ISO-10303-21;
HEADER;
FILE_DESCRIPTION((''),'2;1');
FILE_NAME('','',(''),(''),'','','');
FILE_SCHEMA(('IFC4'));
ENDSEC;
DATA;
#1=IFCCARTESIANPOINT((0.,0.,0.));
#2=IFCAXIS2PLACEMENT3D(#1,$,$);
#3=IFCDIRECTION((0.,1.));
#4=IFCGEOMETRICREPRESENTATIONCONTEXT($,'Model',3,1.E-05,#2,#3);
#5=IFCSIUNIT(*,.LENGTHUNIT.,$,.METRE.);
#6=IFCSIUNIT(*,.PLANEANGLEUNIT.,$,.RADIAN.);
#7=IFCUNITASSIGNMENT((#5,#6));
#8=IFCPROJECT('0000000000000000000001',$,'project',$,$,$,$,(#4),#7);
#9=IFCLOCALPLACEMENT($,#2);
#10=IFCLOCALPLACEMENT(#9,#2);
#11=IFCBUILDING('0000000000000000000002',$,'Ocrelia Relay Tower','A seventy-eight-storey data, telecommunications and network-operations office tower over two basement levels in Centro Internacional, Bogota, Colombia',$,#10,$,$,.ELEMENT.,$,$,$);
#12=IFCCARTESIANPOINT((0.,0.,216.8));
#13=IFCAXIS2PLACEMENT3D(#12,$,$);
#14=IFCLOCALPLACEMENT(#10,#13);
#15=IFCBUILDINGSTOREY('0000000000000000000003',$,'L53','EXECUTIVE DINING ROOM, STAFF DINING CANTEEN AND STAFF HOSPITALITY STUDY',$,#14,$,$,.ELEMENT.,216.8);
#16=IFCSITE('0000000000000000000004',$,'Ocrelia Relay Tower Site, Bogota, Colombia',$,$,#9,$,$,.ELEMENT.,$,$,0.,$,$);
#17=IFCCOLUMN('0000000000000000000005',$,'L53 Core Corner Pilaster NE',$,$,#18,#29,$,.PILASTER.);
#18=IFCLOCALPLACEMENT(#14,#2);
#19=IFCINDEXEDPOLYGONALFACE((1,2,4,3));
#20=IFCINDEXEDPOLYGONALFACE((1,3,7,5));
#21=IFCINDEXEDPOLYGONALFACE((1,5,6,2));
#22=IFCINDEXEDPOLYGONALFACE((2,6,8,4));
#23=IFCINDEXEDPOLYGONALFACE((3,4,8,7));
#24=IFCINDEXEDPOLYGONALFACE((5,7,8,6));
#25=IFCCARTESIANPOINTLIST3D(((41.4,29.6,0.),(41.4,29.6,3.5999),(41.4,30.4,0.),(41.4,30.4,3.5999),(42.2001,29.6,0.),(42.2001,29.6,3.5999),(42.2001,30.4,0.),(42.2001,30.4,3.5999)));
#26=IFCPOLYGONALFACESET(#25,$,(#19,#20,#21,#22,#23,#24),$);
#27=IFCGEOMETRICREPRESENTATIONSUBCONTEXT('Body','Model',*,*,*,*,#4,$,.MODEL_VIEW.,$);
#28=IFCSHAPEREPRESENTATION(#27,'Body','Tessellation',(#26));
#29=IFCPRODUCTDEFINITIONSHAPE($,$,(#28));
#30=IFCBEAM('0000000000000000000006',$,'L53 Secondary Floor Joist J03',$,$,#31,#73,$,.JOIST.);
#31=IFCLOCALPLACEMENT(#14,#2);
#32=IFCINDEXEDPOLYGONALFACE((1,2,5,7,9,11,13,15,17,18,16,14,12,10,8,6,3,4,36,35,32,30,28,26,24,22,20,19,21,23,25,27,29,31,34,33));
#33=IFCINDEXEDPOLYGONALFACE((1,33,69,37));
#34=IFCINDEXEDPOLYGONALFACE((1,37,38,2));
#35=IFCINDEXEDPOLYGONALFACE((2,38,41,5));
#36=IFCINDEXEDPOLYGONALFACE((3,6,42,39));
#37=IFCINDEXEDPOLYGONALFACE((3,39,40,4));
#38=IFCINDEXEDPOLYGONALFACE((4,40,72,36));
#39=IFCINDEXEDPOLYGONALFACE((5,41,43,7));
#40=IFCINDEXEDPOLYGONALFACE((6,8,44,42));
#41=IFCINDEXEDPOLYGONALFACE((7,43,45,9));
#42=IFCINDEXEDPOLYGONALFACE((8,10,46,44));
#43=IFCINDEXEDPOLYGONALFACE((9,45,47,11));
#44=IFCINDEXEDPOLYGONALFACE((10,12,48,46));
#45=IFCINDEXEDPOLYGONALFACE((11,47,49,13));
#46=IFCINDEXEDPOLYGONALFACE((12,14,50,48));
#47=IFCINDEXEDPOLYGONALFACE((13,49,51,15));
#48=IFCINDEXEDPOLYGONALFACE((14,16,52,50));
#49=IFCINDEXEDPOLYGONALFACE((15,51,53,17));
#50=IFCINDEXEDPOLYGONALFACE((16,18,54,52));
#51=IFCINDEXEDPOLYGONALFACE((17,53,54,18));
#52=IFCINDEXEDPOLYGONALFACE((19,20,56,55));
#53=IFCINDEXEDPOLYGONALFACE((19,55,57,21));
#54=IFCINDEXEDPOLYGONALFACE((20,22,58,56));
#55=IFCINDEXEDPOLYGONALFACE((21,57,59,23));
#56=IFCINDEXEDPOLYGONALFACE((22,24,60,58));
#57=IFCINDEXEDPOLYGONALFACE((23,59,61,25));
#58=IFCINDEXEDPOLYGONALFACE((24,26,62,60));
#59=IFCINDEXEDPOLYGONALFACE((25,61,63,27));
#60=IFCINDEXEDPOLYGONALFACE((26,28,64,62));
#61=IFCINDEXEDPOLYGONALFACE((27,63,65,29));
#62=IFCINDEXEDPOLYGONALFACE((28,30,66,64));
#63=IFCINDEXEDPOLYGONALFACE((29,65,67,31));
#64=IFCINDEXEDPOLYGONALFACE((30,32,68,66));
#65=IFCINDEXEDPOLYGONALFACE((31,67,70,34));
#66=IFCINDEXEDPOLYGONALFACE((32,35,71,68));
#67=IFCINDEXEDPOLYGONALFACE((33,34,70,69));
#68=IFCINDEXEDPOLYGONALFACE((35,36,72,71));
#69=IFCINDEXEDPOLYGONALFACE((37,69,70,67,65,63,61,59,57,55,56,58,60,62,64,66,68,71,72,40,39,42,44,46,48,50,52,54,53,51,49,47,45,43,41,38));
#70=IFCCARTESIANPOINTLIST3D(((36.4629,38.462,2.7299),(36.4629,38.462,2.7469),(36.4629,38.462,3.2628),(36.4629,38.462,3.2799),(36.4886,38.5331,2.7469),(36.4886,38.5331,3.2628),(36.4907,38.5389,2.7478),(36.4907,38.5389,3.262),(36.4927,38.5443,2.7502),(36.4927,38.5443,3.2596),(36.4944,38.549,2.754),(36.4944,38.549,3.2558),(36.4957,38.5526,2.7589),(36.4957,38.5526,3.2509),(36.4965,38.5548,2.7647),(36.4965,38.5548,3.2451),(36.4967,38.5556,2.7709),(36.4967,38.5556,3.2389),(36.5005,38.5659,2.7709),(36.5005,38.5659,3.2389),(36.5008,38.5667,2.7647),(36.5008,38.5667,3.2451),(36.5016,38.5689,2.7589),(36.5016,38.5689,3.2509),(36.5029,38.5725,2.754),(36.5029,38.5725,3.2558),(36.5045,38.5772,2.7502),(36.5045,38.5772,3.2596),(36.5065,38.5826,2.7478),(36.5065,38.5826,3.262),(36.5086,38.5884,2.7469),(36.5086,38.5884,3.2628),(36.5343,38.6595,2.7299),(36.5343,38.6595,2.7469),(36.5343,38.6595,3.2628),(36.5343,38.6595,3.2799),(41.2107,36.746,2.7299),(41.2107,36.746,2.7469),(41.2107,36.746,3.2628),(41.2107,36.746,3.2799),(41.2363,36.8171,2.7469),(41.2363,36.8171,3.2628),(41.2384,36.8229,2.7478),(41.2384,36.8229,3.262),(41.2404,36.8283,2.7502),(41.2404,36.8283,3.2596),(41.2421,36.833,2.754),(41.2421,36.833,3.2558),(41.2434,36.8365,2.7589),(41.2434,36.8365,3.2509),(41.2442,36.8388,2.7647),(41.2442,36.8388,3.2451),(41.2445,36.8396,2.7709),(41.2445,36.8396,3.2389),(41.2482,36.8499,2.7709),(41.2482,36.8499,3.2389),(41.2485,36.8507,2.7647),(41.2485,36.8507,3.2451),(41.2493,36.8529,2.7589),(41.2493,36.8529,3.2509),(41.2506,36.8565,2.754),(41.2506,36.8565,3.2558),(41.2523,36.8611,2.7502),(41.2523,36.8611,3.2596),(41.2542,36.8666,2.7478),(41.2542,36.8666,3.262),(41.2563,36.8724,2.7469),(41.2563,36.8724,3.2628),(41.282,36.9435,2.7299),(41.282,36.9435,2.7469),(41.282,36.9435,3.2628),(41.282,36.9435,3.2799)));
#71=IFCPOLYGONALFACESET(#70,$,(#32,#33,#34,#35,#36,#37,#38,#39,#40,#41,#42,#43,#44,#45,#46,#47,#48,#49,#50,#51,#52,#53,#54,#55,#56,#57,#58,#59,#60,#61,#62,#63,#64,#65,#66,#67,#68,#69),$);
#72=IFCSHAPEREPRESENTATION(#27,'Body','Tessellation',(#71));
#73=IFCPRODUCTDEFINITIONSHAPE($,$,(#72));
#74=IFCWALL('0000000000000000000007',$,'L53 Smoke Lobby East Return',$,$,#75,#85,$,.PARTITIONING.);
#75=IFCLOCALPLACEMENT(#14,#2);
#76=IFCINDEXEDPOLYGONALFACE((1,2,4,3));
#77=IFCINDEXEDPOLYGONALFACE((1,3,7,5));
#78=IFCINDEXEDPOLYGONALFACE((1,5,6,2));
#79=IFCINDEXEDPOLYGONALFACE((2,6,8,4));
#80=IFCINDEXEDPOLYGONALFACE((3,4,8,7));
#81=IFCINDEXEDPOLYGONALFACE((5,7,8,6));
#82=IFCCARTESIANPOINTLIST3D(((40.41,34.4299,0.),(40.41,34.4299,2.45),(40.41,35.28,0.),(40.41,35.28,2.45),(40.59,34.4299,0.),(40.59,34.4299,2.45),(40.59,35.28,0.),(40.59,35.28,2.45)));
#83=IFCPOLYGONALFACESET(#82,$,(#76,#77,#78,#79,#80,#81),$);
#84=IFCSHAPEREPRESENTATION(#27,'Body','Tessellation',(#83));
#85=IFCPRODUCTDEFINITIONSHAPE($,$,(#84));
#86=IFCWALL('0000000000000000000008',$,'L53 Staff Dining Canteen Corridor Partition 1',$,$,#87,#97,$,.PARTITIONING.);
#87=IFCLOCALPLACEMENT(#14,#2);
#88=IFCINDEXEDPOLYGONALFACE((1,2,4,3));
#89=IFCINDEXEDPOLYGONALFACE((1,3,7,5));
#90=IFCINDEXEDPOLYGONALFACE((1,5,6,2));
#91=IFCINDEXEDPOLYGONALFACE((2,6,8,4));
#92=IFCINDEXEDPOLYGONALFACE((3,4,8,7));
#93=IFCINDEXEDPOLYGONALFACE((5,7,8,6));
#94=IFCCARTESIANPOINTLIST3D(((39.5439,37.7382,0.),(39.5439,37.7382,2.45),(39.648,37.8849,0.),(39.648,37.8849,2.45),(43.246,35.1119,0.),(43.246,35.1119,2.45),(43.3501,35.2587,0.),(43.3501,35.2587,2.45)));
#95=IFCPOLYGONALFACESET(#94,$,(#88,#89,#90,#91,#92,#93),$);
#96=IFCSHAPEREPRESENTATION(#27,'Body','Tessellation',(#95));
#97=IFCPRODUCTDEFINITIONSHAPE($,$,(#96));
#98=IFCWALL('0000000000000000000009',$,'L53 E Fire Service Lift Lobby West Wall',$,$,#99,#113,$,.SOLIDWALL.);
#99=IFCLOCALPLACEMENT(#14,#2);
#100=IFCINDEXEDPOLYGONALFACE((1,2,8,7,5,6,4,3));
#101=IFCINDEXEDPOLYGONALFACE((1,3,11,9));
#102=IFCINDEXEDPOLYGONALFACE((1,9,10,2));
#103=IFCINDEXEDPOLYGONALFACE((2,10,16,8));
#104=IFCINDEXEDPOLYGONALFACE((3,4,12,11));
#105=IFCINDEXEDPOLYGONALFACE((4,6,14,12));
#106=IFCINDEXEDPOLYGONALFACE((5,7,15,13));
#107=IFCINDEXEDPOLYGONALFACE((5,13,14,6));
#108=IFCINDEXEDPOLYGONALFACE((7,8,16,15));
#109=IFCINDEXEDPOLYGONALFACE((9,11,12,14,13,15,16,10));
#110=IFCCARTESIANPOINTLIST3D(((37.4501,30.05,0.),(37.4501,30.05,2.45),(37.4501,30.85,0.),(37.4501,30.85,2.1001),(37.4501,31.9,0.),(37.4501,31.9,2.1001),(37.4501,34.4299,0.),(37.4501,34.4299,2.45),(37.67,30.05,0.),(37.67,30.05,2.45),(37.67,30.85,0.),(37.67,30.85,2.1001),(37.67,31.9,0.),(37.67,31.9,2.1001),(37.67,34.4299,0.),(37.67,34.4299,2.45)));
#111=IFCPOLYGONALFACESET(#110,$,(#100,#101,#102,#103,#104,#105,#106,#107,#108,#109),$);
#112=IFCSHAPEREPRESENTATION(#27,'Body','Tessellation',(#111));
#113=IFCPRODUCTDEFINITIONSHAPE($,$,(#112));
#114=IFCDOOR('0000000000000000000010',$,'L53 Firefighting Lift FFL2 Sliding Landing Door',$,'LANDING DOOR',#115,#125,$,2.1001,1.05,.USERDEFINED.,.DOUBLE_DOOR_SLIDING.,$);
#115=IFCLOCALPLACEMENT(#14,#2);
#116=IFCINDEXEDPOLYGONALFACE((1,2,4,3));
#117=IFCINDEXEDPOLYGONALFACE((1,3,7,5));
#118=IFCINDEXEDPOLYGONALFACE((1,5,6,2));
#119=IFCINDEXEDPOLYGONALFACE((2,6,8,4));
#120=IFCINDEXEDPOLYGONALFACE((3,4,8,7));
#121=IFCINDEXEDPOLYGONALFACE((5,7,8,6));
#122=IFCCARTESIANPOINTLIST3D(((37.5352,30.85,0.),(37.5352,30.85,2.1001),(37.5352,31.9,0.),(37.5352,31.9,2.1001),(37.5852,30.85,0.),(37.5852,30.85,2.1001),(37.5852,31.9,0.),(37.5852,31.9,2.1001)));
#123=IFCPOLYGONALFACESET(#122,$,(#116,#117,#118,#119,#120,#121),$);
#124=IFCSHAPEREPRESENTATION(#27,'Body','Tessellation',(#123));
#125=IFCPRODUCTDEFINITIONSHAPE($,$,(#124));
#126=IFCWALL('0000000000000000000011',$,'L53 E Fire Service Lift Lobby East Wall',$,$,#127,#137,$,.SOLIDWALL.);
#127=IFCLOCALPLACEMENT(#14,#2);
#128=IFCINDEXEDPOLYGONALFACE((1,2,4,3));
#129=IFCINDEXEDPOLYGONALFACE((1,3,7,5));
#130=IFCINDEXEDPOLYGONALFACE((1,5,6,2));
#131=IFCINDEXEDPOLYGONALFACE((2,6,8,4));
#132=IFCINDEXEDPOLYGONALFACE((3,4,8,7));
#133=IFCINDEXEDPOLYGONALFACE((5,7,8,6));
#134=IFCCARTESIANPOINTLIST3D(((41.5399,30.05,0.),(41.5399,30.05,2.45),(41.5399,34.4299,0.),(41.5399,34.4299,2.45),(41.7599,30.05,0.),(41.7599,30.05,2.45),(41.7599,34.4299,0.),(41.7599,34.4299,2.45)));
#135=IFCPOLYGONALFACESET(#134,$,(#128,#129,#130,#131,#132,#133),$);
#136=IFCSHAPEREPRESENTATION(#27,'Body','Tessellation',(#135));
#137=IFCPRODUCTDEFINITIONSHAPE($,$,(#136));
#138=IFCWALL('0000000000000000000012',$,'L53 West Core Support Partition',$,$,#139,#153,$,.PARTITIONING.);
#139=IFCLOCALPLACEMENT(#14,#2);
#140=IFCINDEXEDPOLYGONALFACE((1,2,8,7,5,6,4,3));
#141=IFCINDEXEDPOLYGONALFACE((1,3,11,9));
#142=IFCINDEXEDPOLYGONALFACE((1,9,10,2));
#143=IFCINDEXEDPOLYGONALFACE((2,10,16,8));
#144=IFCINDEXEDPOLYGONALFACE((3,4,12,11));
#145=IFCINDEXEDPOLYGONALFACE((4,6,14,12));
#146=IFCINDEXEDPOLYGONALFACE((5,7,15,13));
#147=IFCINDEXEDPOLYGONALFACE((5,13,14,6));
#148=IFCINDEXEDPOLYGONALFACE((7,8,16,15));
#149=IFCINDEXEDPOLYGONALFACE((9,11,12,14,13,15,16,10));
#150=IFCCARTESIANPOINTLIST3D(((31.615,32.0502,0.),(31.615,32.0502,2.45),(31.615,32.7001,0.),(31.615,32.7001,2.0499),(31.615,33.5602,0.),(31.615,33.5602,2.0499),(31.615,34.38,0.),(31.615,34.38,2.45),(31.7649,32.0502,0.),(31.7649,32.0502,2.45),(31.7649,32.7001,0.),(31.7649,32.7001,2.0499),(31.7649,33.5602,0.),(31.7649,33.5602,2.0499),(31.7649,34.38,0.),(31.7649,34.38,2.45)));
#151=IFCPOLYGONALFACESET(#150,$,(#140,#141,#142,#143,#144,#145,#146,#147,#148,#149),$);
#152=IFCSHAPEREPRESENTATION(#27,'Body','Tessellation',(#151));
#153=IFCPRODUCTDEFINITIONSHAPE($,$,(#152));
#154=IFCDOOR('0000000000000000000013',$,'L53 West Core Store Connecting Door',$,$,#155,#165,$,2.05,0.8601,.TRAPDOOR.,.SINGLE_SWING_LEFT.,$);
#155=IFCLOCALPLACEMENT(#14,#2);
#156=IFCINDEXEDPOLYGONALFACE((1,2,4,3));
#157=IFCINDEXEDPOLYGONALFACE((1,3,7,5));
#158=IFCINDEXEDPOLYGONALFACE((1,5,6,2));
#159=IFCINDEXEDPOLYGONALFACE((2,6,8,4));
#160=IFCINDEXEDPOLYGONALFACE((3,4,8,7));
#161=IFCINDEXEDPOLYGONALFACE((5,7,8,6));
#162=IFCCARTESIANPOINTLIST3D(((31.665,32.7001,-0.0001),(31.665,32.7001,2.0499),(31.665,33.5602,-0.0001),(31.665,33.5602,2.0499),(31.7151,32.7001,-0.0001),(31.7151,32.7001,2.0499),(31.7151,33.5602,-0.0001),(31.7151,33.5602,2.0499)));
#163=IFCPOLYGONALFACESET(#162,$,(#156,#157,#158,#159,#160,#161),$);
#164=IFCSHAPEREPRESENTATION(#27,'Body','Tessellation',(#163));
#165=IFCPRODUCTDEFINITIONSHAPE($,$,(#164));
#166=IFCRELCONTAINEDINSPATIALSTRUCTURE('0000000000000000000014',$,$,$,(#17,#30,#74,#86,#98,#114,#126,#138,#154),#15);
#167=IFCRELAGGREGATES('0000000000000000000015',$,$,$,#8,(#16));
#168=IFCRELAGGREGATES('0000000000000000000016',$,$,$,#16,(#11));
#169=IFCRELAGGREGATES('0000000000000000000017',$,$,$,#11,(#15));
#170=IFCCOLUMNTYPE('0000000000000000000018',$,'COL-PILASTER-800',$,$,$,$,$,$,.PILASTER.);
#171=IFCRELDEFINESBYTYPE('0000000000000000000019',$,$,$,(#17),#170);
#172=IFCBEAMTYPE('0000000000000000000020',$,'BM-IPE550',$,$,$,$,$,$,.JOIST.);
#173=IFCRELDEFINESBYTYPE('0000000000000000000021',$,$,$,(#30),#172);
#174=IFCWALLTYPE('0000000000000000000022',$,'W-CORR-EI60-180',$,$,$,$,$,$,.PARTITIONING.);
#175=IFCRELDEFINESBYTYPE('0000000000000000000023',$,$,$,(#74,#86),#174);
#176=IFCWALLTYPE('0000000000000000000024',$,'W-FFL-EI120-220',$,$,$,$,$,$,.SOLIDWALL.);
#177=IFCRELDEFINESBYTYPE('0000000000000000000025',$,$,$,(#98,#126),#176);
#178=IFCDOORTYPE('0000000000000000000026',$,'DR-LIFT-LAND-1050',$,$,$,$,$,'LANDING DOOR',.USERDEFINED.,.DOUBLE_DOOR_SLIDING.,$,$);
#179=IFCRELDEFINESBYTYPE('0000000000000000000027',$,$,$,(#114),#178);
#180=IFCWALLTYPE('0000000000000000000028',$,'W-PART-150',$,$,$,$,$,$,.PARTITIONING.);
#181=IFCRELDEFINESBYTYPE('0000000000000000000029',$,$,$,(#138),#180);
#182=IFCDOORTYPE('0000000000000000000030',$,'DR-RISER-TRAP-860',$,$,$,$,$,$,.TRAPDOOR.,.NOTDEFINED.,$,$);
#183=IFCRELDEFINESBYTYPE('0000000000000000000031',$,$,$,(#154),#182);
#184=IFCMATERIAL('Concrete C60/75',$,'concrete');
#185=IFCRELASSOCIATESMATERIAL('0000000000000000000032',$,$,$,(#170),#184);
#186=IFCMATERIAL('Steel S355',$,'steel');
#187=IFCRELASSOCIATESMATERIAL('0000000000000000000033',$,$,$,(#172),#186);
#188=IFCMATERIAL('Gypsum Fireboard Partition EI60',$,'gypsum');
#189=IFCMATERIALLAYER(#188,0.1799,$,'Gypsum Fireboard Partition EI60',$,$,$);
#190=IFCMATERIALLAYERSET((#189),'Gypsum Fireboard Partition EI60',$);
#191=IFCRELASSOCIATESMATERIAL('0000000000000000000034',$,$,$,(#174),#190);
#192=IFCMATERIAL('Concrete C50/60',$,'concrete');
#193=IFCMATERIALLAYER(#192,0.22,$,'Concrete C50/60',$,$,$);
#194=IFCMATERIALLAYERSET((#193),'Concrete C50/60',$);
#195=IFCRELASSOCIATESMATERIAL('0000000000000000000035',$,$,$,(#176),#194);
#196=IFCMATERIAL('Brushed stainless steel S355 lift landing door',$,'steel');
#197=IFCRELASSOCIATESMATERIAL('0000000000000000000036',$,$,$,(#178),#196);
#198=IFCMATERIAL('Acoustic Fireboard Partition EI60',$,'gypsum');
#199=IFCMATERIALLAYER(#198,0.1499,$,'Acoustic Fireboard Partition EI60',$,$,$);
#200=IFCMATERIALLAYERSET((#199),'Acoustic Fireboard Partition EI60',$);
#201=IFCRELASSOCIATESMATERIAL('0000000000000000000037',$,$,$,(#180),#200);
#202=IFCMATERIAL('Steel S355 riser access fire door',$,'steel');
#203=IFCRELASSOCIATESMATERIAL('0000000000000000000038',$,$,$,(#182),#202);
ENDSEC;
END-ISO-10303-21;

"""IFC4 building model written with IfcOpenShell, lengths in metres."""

from ifc_helpers import new_model, si_unit, direction, frame, frame_2d, origin, origin_2d, place, context, subcontext, project, spatial, rectangle, i_section, extrude, material, layer, layer_set, material_profile, profile_set, type_object, element, fill, save


model = new_model("IFC4")

# Units and contexts
model_context = context("Model", 3, precision=1e-05, world=origin(), true_north=direction((0.0, 1.0)))
body_context = subcontext(model_context, "Body", "Model", "MODEL_VIEW")
ifc_project = project(units=[si_unit("LENGTHUNIT", "METRE"), si_unit("PLANEANGLEUNIT", "RADIAN")], contexts=[model_context])

# Site, building, storey
site_placement = place(None, origin())
site = spatial("IfcSite", under=ifc_project, at=site_placement, Name="Ocrelia Relay Tower Site, Bogota, Colombia", CompositionType="ELEMENT", RefElevation=0.0)
building_placement = place(site_placement, origin())
building = spatial("IfcBuilding", under=site, at=building_placement, Name="Ocrelia Relay Tower", Description="A seventy-eight-storey data, telecommunications and network-operations office tower over two basement levels in Centro Internacional, Bogota, Colombia", CompositionType="ELEMENT")
storey_placement = place(building_placement, frame((0.0, 0.0, 216.8)))
storey = spatial("IfcBuildingStorey", under=building, at=storey_placement, Name="L53", Description="EXECUTIVE DINING ROOM, STAFF DINING CANTEEN AND STAFF HOSPITALITY STUDY", CompositionType="ELEMENT", Elevation=216.8)

# Column
ifc_material_1 = material(Name="Concrete C60/75", Category="concrete")
ifc_material_profile_1 = material_profile(ifc_material_1, rectangle(XDim=0.8, YDim=0.8, at=origin_2d()), Name="RC-COL-800x800")
ifc_profile_set_1 = profile_set([ifc_material_profile_1], Name="Concrete C60/75")
column_type = type_object("IfcColumnType", Name="COL-PILASTER-800", PredefinedType="PILASTER", material=ifc_profile_set_1)
column_placement = place(storey_placement, frame((41.8, 30.0, 0.0), z_axis=(0.0, 0.0, 1.0), x_axis=(1.0, 0.0, 0.0)))
element("IfcColumn", 1, at=column_placement, inside=storey, type_object=column_type, Name="L53 Core Corner Pilaster NE", PredefinedType="PILASTER", context=body_context, shape_type="SweptSolid", body=[
    extrude(rectangle(XDim=0.8, YDim=0.8, at=origin_2d()), origin(), (0.0, 0.0, 1.0), 3.5999),
])

# Beam
ifc_material_2 = material(Name="Steel S355", Category="steel")
ifc_material_profile_2 = material_profile(ifc_material_2, i_section(OverallWidth=0.21, OverallDepth=0.55, WebThickness=0.011, FlangeThickness=0.0171, FilletRadius=0.0239, at=origin_2d()), Name="IPE 550")
ifc_profile_set_2 = profile_set([ifc_material_profile_2], Name="Steel S355")
beam_type = type_object("IfcBeamType", Name="BM-IPE550", PredefinedType="JOIST", material=ifc_profile_set_2)
beam_placement = place(storey_placement, frame((41.2463, 36.8447, 3.0049), z_axis=(-0.940454, 0.339921, 0.0), x_axis=(-0.339921, -0.940454, 0.0)))
element("IfcBeam", 2, at=beam_placement, inside=storey, type_object=beam_type, Name="L53 Secondary Floor Joist J03", PredefinedType="JOIST", context=body_context, shape_type="SweptSolid", body=[
    extrude(i_section(OverallWidth=0.21, OverallDepth=0.55, WebThickness=0.011, FlangeThickness=0.0171, FilletRadius=0.0239, at=origin_2d()), origin(), (0.0, 0.0, 1.0), 5.0483),
])

# Wall
ifc_material_3 = material(Name="Gypsum Fireboard Partition EI60", Category="gypsum")
ifc_layer_1 = layer(ifc_material_3, 0.1799, Name="Gypsum Fireboard Partition EI60")
ifc_layer_set_1 = layer_set([ifc_layer_1], Name="Gypsum Fireboard Partition EI60")
wall_type_1 = type_object("IfcWallType", Name="W-CORR-EI60-180", PredefinedType="PARTITIONING", material=ifc_layer_set_1)
wall_1_placement = place(storey_placement, frame((40.5, 35.28, 0.0), z_axis=(0.0, 0.0, 1.0), x_axis=(0.0, -1.0, 0.0)))
element("IfcWall", 3, at=wall_1_placement, inside=storey, type_object=wall_type_1, Name="L53 Smoke Lobby East Return", PredefinedType="PARTITIONING", context=body_context, shape_type="SweptSolid", body=[
    extrude(rectangle(XDim=0.8501, YDim=0.1799, at=frame_2d((0.425, 0.0))), origin(), (0.0, 0.0, 1.0), 2.45),
])

# Wall
wall_2_placement = place(storey_placement, frame((43.2981, 35.1853, 0.0), z_axis=(0.0, 0.0, 1.0), x_axis=(-0.815623, 0.578584, 0.0)))
element("IfcWall", 4, at=wall_2_placement, inside=storey, type_object=wall_type_1, Name="L53 Staff Dining Canteen Corridor Partition 1", PredefinedType="PARTITIONING", context=body_context, shape_type="SweptSolid", body=[
    extrude(rectangle(XDim=4.5391, YDim=0.1799, at=frame_2d((2.2695, 0.0))), origin(), (0.0, 0.0, 1.0), 2.45),
])

# Wall, opening, door
ifc_material_4 = material(Name="Concrete C50/60", Category="concrete")
ifc_layer_2 = layer(ifc_material_4, 0.22, Name="Concrete C50/60")
ifc_layer_set_2 = layer_set([ifc_layer_2], Name="Concrete C50/60")
wall_type_2 = type_object("IfcWallType", Name="W-FFL-EI120-220", PredefinedType="SOLIDWALL", material=ifc_layer_set_2)
wall_3_placement = place(storey_placement, frame((37.5601, 30.05, 0.0), z_axis=(0.0, 0.0, 1.0), x_axis=(0.0, 1.0, 0.0)))
wall_3 = element("IfcWall", 5, at=wall_3_placement, inside=storey, type_object=wall_type_2, Name="L53 E Fire Service Lift Lobby West Wall", PredefinedType="SOLIDWALL", context=body_context, shape_type="SweptSolid", body=[
    extrude(rectangle(XDim=4.3799, YDim=0.22, at=frame_2d((2.1899, 0.0))), origin(), (0.0, 0.0, 1.0), 2.45),
])
opening_1_placement = place(wall_3_placement, frame((0.8, 0.0, 0.0)))
opening_1 = element("IfcOpeningElement", 6, at=opening_1_placement, cuts=wall_3, PredefinedType="OPENING", context=body_context, shape_type="SweptSolid", body=[
    extrude(rectangle(XDim=1.05, YDim=2.1001, at=frame_2d((0.5249, 1.05))), frame((0.0, 0.1201, 0.0), z_axis=(0.0, -1.0, 0.0), x_axis=(1.0, 0.0, 0.0)), (0.0, 0.0, 1.0), 0.24),
])
ifc_material_5 = material(Name="Brushed stainless steel S355 lift landing door", Category="steel")
door_type_1 = type_object("IfcDoorType", Name="DR-LIFT-LAND-1050", ElementType="LANDING DOOR", OperationType="DOUBLE_DOOR_SLIDING", PredefinedType="USERDEFINED", material=ifc_material_5)
door_1_placement = place(opening_1_placement, origin())
door_1 = element("IfcDoor", 7, at=door_1_placement, inside=storey, type_object=door_type_1, Name="L53 Firefighting Lift FFL2 Sliding Landing Door", ObjectType="LANDING DOOR", OperationType="DOUBLE_DOOR_SLIDING", OverallHeight=2.1001, OverallWidth=1.05, PredefinedType="USERDEFINED", context=body_context, shape_type="SweptSolid", body=[
    extrude(rectangle(XDim=1.05, YDim=2.1001, at=frame_2d((0.5249, 1.05))), frame((0.0, 0.0249, 0.0), z_axis=(0.0, -1.0, 0.0), x_axis=(1.0, 0.0, 0.0)), (0.0, 0.0, 1.0), 0.05),
])
fill(opening_1, door_1)

# Wall
wall_4_placement = place(storey_placement, frame((41.6499, 30.05, 0.0), z_axis=(0.0, 0.0, 1.0), x_axis=(0.0, 1.0, 0.0)))
element("IfcWall", 8, at=wall_4_placement, inside=storey, type_object=wall_type_2, Name="L53 E Fire Service Lift Lobby East Wall", PredefinedType="SOLIDWALL", context=body_context, shape_type="SweptSolid", body=[
    extrude(rectangle(XDim=4.3799, YDim=0.22, at=frame_2d((2.1899, 0.0))), origin(), (0.0, 0.0, 1.0), 2.45),
])

# Wall, opening, door
ifc_material_6 = material(Name="Acoustic Fireboard Partition EI60", Category="gypsum")
ifc_layer_3 = layer(ifc_material_6, 0.1499, Name="Acoustic Fireboard Partition EI60")
ifc_layer_set_3 = layer_set([ifc_layer_3], Name="Acoustic Fireboard Partition EI60")
wall_type_3 = type_object("IfcWallType", Name="W-PART-150", PredefinedType="PARTITIONING", material=ifc_layer_set_3)
wall_5_placement = place(storey_placement, frame((31.6899, 32.05, 0.0), z_axis=(0.0, 0.0, 1.0), x_axis=(0.0, 1.0, 0.0)))
wall_5 = element("IfcWall", 9, at=wall_5_placement, inside=storey, type_object=wall_type_3, Name="L53 West Core Support Partition", PredefinedType="PARTITIONING", context=body_context, shape_type="SweptSolid", body=[
    extrude(rectangle(XDim=2.3298, YDim=0.1499, at=frame_2d((1.165, 0.0))), origin(), (0.0, 0.0, 1.0), 2.45),
])
opening_2_placement = place(wall_5_placement, frame((0.6499, 0.0, 0.0)))
opening_2 = element("IfcOpeningElement", 10, at=opening_2_placement, cuts=wall_5, PredefinedType="OPENING", context=body_context, shape_type="SweptSolid", body=[
    extrude(rectangle(XDim=0.8601, YDim=2.05, at=frame_2d((0.4302, 1.0249))), frame((0.0, 0.085, 0.0), z_axis=(0.0, -1.0, 0.0), x_axis=(1.0, 0.0, 0.0)), (0.0, 0.0, 1.0), 0.1699),
])
ifc_material_7 = material(Name="Steel S355 riser access fire door", Category="steel")
door_type_2 = type_object("IfcDoorType", Name="DR-RISER-TRAP-860", OperationType="NOTDEFINED", PredefinedType="TRAPDOOR", material=ifc_material_7)
door_2_placement = place(opening_2_placement, origin())
door_2 = element("IfcDoor", 11, at=door_2_placement, inside=storey, type_object=door_type_2, Name="L53 West Core Store Connecting Door", OperationType="SINGLE_SWING_LEFT", OverallHeight=2.05, OverallWidth=0.8601, PredefinedType="TRAPDOOR", context=body_context, shape_type="SweptSolid", body=[
    extrude(rectangle(XDim=0.8601, YDim=2.05, at=frame_2d((0.4302, 1.0249))), frame((0.0, 0.0249, 0.0), z_axis=(0.0, -1.0, 0.0), x_axis=(1.0, 0.0, 0.0)), (0.0, 0.0, 1.0), 0.05),
])
fill(opening_2, door_2)

save(model, "model.ifc")
